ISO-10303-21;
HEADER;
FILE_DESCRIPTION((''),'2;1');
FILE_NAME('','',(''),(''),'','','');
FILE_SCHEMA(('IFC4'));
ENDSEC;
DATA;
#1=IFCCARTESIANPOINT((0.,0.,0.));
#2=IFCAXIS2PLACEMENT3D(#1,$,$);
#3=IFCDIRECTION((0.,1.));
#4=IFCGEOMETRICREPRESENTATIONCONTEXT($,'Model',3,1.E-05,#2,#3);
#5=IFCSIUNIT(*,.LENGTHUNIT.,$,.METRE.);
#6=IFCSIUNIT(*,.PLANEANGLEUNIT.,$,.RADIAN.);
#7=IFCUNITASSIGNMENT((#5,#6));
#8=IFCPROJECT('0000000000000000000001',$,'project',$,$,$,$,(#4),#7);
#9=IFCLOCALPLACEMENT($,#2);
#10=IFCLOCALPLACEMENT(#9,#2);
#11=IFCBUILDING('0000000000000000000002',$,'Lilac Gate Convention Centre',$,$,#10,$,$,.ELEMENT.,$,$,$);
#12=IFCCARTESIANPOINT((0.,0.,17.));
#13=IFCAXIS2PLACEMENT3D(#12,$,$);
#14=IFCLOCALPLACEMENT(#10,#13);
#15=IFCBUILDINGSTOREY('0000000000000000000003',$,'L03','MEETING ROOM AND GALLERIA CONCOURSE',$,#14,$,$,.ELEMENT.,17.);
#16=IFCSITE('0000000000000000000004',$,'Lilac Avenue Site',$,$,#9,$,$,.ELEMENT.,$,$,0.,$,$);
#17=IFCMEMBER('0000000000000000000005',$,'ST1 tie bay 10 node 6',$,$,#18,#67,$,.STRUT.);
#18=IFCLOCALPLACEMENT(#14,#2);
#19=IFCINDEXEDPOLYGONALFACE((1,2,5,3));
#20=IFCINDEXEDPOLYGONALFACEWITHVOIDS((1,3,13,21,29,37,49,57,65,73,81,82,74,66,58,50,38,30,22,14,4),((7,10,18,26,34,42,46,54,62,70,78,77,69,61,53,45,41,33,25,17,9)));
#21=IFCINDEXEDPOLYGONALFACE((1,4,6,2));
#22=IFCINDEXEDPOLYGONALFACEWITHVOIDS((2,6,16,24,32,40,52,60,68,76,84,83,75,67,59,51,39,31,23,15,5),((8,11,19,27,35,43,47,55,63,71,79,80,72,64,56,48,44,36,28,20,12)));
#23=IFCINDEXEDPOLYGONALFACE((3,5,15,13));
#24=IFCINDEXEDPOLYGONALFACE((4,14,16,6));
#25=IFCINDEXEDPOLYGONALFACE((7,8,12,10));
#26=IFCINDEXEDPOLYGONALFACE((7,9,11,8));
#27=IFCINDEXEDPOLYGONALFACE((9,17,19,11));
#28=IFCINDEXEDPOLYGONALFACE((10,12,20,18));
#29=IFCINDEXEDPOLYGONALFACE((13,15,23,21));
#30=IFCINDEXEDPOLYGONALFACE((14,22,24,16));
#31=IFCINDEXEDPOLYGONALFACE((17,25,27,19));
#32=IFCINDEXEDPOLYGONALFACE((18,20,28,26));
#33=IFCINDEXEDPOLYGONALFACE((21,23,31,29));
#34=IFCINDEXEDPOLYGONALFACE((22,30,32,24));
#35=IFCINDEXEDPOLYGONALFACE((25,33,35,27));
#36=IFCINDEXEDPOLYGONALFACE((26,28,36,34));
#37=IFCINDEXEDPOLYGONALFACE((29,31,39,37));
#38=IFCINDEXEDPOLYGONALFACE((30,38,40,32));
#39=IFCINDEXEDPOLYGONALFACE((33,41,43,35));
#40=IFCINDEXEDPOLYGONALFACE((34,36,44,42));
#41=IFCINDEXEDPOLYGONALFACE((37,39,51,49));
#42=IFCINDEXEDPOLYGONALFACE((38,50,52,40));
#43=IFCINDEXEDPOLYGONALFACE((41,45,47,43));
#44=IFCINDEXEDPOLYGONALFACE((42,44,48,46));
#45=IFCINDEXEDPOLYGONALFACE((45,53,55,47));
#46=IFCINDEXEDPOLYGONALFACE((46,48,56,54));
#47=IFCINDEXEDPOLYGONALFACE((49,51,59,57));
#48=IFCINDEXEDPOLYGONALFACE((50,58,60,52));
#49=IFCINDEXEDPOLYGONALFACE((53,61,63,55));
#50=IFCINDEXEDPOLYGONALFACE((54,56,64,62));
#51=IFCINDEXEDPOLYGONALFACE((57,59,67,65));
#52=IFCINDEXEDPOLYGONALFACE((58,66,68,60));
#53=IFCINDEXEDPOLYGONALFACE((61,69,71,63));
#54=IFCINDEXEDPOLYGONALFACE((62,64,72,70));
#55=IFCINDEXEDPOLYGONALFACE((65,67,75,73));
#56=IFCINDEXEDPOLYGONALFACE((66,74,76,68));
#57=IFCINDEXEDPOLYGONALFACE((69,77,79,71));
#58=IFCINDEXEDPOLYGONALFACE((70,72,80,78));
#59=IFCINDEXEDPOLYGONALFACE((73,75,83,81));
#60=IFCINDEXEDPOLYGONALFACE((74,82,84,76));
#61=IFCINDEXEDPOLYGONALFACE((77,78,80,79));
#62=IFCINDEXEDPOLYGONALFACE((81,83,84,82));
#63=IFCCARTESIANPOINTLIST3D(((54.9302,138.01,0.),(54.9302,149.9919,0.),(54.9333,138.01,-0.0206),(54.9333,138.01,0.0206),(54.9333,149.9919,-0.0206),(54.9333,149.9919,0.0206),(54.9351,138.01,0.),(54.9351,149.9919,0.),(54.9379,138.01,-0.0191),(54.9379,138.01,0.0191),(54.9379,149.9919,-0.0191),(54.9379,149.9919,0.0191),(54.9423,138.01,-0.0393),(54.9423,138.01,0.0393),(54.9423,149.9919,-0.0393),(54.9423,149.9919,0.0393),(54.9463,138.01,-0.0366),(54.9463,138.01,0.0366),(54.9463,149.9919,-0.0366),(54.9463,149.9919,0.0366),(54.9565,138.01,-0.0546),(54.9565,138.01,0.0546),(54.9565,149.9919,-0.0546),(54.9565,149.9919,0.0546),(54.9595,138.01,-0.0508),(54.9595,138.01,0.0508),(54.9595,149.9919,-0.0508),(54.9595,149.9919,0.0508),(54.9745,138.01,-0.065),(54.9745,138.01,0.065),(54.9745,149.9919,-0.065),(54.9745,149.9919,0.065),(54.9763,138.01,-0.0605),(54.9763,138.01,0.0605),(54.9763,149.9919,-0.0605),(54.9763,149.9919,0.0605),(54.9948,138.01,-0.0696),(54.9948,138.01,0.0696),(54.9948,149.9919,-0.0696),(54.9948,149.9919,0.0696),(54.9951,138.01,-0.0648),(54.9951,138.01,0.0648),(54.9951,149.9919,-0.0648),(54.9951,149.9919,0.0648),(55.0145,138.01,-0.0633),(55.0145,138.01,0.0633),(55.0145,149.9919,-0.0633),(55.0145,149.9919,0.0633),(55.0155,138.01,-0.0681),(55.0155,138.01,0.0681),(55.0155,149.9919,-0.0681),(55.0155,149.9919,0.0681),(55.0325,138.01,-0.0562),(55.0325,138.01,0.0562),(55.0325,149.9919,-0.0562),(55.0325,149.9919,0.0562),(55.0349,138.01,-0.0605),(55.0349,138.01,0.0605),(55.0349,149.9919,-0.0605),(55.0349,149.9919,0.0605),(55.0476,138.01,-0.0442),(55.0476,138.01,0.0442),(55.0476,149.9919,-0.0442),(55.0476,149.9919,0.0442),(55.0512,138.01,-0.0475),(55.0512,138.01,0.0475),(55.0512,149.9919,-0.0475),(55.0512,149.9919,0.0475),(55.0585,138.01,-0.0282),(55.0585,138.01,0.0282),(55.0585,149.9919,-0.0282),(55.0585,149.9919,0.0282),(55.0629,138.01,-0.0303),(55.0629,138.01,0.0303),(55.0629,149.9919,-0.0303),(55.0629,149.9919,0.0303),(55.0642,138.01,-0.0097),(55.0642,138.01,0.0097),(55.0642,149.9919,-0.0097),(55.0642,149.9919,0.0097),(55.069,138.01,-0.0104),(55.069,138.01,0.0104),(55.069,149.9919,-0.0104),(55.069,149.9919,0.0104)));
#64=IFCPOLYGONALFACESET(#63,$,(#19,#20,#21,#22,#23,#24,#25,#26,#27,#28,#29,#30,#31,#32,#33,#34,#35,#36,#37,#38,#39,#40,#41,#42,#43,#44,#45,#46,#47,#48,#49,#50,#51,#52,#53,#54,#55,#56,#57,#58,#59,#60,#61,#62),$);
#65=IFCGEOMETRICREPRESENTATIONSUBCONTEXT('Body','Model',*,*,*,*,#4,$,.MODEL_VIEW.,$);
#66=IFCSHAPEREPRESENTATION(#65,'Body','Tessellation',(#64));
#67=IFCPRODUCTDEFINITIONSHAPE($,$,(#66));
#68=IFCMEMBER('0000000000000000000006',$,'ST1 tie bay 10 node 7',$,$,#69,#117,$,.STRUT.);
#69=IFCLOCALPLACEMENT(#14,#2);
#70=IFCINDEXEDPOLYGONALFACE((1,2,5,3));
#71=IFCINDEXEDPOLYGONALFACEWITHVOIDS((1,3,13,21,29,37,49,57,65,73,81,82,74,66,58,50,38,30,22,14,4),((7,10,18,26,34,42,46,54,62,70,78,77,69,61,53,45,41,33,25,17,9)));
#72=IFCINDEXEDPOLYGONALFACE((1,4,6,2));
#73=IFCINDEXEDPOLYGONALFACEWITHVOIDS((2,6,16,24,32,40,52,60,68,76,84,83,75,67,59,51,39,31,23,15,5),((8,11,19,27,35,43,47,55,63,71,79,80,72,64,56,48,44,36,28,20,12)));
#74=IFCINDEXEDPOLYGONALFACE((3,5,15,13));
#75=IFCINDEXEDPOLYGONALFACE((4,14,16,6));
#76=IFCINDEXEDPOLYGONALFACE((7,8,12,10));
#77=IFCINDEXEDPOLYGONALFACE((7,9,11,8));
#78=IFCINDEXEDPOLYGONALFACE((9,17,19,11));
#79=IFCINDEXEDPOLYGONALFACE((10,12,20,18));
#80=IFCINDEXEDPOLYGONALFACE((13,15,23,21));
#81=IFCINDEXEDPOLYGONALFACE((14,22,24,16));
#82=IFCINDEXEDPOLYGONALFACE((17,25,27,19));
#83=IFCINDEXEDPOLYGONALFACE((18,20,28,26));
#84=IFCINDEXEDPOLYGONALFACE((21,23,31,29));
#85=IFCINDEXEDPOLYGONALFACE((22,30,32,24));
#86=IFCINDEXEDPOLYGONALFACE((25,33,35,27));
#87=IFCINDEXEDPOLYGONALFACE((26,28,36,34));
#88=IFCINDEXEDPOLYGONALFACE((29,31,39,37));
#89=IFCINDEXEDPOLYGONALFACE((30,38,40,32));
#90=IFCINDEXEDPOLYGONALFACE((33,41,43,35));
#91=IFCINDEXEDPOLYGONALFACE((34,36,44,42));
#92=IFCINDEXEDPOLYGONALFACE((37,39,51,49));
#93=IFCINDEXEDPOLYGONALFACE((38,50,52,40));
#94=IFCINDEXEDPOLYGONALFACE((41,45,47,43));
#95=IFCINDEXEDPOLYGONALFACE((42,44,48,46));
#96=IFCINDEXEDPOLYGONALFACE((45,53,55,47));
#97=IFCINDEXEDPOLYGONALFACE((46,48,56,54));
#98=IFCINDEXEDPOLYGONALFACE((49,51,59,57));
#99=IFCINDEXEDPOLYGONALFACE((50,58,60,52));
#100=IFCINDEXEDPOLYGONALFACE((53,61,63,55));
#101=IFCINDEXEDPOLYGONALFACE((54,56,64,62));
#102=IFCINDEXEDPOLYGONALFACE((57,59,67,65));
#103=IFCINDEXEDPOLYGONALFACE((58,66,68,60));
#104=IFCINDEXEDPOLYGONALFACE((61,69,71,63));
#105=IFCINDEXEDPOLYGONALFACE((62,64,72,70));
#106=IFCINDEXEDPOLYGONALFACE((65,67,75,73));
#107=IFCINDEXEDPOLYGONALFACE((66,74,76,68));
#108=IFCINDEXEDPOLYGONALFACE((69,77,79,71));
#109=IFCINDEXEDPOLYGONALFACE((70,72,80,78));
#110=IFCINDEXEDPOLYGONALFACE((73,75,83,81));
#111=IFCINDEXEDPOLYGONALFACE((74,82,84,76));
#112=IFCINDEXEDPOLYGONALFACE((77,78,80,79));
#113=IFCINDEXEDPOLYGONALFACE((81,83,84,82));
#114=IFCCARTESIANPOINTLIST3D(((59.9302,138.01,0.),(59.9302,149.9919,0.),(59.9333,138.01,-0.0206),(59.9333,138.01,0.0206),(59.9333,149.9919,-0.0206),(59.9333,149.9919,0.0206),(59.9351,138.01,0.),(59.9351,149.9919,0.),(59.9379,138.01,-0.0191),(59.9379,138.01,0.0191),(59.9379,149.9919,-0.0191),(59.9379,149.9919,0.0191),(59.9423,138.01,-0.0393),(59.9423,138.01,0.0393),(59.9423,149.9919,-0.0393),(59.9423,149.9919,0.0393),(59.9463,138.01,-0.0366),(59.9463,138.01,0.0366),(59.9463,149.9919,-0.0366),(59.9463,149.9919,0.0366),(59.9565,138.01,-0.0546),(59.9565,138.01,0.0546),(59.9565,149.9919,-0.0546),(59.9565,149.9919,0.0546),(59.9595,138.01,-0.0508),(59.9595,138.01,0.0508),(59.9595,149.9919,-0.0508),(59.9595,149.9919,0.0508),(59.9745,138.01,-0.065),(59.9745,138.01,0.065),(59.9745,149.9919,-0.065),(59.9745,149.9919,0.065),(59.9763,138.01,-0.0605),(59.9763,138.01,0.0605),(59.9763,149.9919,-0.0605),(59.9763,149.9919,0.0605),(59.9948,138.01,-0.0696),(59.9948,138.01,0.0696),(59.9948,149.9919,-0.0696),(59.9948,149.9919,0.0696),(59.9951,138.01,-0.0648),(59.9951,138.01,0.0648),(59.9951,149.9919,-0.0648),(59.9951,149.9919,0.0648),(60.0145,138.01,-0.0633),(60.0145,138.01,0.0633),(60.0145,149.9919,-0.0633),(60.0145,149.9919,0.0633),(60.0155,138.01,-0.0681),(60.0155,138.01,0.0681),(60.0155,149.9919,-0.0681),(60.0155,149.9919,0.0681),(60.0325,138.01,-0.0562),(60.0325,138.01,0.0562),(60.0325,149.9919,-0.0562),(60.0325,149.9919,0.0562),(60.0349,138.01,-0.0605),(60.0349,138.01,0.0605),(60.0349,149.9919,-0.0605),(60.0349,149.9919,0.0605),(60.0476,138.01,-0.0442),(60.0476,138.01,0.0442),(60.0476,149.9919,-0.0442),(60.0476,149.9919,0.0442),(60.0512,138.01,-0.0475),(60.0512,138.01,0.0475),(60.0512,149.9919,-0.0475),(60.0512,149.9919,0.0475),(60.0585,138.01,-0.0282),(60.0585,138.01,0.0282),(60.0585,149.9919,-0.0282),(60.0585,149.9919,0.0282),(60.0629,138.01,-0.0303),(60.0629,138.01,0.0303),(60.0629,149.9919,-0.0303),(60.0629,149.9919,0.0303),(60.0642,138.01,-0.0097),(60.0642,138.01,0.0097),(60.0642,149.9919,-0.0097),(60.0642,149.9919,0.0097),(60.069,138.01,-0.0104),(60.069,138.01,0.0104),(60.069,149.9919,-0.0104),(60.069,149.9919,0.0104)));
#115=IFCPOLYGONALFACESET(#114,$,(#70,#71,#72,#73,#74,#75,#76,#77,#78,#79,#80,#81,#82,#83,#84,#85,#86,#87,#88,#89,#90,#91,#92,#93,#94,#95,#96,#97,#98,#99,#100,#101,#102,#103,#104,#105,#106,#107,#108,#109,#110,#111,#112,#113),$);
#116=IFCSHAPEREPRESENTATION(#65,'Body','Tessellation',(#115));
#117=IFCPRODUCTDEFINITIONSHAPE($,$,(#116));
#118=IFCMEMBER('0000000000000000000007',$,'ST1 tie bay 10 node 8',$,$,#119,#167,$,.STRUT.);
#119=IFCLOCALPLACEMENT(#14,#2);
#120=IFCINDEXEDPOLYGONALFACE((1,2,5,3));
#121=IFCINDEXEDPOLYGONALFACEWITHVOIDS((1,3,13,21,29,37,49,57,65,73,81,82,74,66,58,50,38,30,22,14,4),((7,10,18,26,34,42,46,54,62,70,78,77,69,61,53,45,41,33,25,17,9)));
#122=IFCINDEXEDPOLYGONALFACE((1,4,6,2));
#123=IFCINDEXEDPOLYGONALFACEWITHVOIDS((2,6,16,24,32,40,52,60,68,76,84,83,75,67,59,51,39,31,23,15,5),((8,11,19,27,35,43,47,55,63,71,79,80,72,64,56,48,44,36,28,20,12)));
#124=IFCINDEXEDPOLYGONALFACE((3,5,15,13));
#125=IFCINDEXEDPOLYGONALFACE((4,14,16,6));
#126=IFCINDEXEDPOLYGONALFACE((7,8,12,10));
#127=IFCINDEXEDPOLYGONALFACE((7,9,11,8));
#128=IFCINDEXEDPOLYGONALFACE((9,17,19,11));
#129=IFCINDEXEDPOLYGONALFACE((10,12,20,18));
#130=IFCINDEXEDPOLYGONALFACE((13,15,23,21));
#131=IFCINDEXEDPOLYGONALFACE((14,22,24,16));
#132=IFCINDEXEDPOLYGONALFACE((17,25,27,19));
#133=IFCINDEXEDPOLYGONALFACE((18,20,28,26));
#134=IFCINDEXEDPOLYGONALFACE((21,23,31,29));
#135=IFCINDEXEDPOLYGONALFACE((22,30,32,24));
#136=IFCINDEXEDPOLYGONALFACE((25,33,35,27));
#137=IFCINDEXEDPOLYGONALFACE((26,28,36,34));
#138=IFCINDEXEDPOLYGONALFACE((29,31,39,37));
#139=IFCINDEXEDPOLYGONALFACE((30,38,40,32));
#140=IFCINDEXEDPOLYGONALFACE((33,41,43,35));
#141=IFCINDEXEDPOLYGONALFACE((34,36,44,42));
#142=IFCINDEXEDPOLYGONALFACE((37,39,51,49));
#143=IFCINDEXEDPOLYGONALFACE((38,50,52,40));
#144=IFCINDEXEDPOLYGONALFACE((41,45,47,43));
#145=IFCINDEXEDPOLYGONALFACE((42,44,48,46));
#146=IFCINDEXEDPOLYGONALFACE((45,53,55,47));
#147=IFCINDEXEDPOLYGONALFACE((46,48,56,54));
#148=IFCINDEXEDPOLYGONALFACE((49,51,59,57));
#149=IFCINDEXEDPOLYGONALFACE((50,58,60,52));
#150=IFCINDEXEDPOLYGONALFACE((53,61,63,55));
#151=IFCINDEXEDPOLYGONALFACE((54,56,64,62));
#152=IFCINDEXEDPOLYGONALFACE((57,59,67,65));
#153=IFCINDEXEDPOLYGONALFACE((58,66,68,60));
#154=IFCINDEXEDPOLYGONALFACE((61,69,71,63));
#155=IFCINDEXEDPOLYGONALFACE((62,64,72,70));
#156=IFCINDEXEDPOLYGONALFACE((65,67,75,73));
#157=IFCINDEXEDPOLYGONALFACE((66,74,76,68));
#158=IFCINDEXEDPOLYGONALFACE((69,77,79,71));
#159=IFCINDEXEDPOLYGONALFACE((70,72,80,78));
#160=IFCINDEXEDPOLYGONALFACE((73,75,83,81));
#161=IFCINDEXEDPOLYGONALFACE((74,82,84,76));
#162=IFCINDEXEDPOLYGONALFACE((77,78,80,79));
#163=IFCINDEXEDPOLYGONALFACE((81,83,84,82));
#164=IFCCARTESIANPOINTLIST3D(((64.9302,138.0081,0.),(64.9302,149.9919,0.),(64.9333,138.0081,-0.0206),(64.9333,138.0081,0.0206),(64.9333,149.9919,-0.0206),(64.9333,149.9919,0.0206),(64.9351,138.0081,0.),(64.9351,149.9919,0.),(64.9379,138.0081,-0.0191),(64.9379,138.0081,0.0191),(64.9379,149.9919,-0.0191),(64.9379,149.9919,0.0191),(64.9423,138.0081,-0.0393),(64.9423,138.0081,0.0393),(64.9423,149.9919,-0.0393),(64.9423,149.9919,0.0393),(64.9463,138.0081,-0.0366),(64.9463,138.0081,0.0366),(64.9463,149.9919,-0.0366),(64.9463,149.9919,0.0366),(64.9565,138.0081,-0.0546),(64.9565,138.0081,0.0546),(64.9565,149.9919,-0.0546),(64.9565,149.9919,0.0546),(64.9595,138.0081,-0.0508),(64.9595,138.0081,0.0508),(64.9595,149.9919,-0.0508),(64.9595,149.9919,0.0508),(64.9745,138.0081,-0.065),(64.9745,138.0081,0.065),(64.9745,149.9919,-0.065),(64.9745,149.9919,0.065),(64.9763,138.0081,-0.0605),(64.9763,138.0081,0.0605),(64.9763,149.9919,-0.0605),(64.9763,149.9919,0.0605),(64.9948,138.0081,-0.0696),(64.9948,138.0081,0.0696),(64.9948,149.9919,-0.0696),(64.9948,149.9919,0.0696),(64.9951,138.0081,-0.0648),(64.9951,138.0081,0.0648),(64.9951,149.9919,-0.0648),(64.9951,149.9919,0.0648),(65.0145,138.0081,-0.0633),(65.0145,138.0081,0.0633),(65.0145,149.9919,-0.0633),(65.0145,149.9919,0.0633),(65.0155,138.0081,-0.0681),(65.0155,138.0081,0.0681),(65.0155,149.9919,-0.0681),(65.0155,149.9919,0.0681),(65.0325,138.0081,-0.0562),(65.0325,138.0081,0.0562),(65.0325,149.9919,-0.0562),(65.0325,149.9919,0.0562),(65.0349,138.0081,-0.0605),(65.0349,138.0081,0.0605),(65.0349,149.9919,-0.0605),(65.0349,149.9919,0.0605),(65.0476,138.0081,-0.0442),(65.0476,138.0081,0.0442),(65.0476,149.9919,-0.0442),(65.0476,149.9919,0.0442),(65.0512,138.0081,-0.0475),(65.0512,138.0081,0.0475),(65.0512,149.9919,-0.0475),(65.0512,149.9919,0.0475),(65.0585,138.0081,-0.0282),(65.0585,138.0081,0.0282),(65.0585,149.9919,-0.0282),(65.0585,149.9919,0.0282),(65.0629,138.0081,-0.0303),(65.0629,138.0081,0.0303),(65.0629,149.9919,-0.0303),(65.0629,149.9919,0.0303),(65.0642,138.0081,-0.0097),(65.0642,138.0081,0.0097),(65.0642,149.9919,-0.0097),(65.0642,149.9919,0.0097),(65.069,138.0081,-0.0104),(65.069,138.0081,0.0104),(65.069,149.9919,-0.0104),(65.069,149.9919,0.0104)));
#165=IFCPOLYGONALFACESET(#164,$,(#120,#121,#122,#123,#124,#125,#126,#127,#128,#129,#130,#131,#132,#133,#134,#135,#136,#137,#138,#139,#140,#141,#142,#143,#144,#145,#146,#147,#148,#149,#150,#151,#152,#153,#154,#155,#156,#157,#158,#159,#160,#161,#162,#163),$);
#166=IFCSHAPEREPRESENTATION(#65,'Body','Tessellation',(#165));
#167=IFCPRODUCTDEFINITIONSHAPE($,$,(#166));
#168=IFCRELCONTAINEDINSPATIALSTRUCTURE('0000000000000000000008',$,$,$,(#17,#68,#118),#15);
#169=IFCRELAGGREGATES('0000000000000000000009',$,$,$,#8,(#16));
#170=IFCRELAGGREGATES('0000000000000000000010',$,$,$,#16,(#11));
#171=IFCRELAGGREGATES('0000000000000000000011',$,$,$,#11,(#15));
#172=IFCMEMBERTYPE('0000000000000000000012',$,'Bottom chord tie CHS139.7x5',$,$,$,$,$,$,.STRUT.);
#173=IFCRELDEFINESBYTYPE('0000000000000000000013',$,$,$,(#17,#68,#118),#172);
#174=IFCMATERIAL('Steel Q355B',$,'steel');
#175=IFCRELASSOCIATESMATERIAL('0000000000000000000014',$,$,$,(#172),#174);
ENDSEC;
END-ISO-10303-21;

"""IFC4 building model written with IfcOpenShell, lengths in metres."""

from ifc_helpers import new_model, si_unit, direction, frame, origin, origin_2d, place, context, subcontext, project, spatial, hollow_circle, extrude, material, material_profile, profile_set, type_object, element, save


model = new_model("IFC4")

# Units and contexts
model_context = context("Model", 3, precision=1e-05, world=origin(), true_north=direction((0.0, 1.0)))
body_context = subcontext(model_context, "Body", "Model", "MODEL_VIEW")
ifc_project = project(units=[si_unit("LENGTHUNIT", "METRE"), si_unit("PLANEANGLEUNIT", "RADIAN")], contexts=[model_context])

# Site, building, storey
site_placement = place(None, origin())
site = spatial("IfcSite", under=ifc_project, at=site_placement, Name="Lilac Avenue Site", CompositionType="ELEMENT", RefElevation=0.0)
building_placement = place(site_placement, origin())
building = spatial("IfcBuilding", under=site, at=building_placement, Name="Lilac Gate Convention Centre", CompositionType="ELEMENT")
storey_placement = place(building_placement, frame((0.0, 0.0, 17.0)))
storey = spatial("IfcBuildingStorey", under=building, at=storey_placement, Name="L03", Description="MEETING ROOM AND GALLERIA CONCOURSE", CompositionType="ELEMENT", Elevation=17.0)

# Members
ifc_material = material(Name="Steel Q355B", Category="steel")
ifc_material_profile_1 = material_profile(ifc_material, hollow_circle(Radius=0.0698, WallThickness=0.0049, at=origin_2d()), Name="CHS139.7x5")
ifc_profile_set_1 = profile_set([ifc_material_profile_1], Name="Steel Q355B")
member_type_1 = type_object("IfcMemberType", Name="Bottom chord tie CHS139.7x5", PredefinedType="STRUT", material=ifc_profile_set_1)
for number, where, z_axis, x_axis, name in (
    (1, (55.0, 138.01, 0.0), (0.0, 1.0, 0.0), (-1.0, 0.0, 0.0), "ST1 tie bay 10 node 6"),
    (2, (60.0, 138.01, 0.0), (0.0, 1.0, 0.0), (-1.0, 0.0, 0.0), "ST1 tie bay 10 node 7"),
):
    element("IfcMember", number, at=place(storey_placement, frame(where, z_axis=z_axis, x_axis=x_axis)), inside=storey, type_object=member_type_1, Name=name, PredefinedType="STRUT", context=body_context, shape_type="SweptSolid", body=[
        extrude(hollow_circle(Radius=0.0698, WallThickness=0.0049, at=origin_2d()), origin(), (0.0, 0.0, 1.0), 11.9819),
    ])
member_1_placement = place(storey_placement, frame((65.0, 138.0081, 0.0), z_axis=(0.0, 1.0, 0.0), x_axis=(-1.0, 0.0, 0.0)))
element("IfcMember", 3, at=member_1_placement, inside=storey, type_object=member_type_1, Name="ST1 tie bay 10 node 8", PredefinedType="STRUT", context=body_context, shape_type="SweptSolid", body=[
    extrude(hollow_circle(Radius=0.0698, WallThickness=0.0049, at=origin_2d()), origin(), (0.0, 0.0, 1.0), 11.9839),
])

save(model, "model.ifc")
